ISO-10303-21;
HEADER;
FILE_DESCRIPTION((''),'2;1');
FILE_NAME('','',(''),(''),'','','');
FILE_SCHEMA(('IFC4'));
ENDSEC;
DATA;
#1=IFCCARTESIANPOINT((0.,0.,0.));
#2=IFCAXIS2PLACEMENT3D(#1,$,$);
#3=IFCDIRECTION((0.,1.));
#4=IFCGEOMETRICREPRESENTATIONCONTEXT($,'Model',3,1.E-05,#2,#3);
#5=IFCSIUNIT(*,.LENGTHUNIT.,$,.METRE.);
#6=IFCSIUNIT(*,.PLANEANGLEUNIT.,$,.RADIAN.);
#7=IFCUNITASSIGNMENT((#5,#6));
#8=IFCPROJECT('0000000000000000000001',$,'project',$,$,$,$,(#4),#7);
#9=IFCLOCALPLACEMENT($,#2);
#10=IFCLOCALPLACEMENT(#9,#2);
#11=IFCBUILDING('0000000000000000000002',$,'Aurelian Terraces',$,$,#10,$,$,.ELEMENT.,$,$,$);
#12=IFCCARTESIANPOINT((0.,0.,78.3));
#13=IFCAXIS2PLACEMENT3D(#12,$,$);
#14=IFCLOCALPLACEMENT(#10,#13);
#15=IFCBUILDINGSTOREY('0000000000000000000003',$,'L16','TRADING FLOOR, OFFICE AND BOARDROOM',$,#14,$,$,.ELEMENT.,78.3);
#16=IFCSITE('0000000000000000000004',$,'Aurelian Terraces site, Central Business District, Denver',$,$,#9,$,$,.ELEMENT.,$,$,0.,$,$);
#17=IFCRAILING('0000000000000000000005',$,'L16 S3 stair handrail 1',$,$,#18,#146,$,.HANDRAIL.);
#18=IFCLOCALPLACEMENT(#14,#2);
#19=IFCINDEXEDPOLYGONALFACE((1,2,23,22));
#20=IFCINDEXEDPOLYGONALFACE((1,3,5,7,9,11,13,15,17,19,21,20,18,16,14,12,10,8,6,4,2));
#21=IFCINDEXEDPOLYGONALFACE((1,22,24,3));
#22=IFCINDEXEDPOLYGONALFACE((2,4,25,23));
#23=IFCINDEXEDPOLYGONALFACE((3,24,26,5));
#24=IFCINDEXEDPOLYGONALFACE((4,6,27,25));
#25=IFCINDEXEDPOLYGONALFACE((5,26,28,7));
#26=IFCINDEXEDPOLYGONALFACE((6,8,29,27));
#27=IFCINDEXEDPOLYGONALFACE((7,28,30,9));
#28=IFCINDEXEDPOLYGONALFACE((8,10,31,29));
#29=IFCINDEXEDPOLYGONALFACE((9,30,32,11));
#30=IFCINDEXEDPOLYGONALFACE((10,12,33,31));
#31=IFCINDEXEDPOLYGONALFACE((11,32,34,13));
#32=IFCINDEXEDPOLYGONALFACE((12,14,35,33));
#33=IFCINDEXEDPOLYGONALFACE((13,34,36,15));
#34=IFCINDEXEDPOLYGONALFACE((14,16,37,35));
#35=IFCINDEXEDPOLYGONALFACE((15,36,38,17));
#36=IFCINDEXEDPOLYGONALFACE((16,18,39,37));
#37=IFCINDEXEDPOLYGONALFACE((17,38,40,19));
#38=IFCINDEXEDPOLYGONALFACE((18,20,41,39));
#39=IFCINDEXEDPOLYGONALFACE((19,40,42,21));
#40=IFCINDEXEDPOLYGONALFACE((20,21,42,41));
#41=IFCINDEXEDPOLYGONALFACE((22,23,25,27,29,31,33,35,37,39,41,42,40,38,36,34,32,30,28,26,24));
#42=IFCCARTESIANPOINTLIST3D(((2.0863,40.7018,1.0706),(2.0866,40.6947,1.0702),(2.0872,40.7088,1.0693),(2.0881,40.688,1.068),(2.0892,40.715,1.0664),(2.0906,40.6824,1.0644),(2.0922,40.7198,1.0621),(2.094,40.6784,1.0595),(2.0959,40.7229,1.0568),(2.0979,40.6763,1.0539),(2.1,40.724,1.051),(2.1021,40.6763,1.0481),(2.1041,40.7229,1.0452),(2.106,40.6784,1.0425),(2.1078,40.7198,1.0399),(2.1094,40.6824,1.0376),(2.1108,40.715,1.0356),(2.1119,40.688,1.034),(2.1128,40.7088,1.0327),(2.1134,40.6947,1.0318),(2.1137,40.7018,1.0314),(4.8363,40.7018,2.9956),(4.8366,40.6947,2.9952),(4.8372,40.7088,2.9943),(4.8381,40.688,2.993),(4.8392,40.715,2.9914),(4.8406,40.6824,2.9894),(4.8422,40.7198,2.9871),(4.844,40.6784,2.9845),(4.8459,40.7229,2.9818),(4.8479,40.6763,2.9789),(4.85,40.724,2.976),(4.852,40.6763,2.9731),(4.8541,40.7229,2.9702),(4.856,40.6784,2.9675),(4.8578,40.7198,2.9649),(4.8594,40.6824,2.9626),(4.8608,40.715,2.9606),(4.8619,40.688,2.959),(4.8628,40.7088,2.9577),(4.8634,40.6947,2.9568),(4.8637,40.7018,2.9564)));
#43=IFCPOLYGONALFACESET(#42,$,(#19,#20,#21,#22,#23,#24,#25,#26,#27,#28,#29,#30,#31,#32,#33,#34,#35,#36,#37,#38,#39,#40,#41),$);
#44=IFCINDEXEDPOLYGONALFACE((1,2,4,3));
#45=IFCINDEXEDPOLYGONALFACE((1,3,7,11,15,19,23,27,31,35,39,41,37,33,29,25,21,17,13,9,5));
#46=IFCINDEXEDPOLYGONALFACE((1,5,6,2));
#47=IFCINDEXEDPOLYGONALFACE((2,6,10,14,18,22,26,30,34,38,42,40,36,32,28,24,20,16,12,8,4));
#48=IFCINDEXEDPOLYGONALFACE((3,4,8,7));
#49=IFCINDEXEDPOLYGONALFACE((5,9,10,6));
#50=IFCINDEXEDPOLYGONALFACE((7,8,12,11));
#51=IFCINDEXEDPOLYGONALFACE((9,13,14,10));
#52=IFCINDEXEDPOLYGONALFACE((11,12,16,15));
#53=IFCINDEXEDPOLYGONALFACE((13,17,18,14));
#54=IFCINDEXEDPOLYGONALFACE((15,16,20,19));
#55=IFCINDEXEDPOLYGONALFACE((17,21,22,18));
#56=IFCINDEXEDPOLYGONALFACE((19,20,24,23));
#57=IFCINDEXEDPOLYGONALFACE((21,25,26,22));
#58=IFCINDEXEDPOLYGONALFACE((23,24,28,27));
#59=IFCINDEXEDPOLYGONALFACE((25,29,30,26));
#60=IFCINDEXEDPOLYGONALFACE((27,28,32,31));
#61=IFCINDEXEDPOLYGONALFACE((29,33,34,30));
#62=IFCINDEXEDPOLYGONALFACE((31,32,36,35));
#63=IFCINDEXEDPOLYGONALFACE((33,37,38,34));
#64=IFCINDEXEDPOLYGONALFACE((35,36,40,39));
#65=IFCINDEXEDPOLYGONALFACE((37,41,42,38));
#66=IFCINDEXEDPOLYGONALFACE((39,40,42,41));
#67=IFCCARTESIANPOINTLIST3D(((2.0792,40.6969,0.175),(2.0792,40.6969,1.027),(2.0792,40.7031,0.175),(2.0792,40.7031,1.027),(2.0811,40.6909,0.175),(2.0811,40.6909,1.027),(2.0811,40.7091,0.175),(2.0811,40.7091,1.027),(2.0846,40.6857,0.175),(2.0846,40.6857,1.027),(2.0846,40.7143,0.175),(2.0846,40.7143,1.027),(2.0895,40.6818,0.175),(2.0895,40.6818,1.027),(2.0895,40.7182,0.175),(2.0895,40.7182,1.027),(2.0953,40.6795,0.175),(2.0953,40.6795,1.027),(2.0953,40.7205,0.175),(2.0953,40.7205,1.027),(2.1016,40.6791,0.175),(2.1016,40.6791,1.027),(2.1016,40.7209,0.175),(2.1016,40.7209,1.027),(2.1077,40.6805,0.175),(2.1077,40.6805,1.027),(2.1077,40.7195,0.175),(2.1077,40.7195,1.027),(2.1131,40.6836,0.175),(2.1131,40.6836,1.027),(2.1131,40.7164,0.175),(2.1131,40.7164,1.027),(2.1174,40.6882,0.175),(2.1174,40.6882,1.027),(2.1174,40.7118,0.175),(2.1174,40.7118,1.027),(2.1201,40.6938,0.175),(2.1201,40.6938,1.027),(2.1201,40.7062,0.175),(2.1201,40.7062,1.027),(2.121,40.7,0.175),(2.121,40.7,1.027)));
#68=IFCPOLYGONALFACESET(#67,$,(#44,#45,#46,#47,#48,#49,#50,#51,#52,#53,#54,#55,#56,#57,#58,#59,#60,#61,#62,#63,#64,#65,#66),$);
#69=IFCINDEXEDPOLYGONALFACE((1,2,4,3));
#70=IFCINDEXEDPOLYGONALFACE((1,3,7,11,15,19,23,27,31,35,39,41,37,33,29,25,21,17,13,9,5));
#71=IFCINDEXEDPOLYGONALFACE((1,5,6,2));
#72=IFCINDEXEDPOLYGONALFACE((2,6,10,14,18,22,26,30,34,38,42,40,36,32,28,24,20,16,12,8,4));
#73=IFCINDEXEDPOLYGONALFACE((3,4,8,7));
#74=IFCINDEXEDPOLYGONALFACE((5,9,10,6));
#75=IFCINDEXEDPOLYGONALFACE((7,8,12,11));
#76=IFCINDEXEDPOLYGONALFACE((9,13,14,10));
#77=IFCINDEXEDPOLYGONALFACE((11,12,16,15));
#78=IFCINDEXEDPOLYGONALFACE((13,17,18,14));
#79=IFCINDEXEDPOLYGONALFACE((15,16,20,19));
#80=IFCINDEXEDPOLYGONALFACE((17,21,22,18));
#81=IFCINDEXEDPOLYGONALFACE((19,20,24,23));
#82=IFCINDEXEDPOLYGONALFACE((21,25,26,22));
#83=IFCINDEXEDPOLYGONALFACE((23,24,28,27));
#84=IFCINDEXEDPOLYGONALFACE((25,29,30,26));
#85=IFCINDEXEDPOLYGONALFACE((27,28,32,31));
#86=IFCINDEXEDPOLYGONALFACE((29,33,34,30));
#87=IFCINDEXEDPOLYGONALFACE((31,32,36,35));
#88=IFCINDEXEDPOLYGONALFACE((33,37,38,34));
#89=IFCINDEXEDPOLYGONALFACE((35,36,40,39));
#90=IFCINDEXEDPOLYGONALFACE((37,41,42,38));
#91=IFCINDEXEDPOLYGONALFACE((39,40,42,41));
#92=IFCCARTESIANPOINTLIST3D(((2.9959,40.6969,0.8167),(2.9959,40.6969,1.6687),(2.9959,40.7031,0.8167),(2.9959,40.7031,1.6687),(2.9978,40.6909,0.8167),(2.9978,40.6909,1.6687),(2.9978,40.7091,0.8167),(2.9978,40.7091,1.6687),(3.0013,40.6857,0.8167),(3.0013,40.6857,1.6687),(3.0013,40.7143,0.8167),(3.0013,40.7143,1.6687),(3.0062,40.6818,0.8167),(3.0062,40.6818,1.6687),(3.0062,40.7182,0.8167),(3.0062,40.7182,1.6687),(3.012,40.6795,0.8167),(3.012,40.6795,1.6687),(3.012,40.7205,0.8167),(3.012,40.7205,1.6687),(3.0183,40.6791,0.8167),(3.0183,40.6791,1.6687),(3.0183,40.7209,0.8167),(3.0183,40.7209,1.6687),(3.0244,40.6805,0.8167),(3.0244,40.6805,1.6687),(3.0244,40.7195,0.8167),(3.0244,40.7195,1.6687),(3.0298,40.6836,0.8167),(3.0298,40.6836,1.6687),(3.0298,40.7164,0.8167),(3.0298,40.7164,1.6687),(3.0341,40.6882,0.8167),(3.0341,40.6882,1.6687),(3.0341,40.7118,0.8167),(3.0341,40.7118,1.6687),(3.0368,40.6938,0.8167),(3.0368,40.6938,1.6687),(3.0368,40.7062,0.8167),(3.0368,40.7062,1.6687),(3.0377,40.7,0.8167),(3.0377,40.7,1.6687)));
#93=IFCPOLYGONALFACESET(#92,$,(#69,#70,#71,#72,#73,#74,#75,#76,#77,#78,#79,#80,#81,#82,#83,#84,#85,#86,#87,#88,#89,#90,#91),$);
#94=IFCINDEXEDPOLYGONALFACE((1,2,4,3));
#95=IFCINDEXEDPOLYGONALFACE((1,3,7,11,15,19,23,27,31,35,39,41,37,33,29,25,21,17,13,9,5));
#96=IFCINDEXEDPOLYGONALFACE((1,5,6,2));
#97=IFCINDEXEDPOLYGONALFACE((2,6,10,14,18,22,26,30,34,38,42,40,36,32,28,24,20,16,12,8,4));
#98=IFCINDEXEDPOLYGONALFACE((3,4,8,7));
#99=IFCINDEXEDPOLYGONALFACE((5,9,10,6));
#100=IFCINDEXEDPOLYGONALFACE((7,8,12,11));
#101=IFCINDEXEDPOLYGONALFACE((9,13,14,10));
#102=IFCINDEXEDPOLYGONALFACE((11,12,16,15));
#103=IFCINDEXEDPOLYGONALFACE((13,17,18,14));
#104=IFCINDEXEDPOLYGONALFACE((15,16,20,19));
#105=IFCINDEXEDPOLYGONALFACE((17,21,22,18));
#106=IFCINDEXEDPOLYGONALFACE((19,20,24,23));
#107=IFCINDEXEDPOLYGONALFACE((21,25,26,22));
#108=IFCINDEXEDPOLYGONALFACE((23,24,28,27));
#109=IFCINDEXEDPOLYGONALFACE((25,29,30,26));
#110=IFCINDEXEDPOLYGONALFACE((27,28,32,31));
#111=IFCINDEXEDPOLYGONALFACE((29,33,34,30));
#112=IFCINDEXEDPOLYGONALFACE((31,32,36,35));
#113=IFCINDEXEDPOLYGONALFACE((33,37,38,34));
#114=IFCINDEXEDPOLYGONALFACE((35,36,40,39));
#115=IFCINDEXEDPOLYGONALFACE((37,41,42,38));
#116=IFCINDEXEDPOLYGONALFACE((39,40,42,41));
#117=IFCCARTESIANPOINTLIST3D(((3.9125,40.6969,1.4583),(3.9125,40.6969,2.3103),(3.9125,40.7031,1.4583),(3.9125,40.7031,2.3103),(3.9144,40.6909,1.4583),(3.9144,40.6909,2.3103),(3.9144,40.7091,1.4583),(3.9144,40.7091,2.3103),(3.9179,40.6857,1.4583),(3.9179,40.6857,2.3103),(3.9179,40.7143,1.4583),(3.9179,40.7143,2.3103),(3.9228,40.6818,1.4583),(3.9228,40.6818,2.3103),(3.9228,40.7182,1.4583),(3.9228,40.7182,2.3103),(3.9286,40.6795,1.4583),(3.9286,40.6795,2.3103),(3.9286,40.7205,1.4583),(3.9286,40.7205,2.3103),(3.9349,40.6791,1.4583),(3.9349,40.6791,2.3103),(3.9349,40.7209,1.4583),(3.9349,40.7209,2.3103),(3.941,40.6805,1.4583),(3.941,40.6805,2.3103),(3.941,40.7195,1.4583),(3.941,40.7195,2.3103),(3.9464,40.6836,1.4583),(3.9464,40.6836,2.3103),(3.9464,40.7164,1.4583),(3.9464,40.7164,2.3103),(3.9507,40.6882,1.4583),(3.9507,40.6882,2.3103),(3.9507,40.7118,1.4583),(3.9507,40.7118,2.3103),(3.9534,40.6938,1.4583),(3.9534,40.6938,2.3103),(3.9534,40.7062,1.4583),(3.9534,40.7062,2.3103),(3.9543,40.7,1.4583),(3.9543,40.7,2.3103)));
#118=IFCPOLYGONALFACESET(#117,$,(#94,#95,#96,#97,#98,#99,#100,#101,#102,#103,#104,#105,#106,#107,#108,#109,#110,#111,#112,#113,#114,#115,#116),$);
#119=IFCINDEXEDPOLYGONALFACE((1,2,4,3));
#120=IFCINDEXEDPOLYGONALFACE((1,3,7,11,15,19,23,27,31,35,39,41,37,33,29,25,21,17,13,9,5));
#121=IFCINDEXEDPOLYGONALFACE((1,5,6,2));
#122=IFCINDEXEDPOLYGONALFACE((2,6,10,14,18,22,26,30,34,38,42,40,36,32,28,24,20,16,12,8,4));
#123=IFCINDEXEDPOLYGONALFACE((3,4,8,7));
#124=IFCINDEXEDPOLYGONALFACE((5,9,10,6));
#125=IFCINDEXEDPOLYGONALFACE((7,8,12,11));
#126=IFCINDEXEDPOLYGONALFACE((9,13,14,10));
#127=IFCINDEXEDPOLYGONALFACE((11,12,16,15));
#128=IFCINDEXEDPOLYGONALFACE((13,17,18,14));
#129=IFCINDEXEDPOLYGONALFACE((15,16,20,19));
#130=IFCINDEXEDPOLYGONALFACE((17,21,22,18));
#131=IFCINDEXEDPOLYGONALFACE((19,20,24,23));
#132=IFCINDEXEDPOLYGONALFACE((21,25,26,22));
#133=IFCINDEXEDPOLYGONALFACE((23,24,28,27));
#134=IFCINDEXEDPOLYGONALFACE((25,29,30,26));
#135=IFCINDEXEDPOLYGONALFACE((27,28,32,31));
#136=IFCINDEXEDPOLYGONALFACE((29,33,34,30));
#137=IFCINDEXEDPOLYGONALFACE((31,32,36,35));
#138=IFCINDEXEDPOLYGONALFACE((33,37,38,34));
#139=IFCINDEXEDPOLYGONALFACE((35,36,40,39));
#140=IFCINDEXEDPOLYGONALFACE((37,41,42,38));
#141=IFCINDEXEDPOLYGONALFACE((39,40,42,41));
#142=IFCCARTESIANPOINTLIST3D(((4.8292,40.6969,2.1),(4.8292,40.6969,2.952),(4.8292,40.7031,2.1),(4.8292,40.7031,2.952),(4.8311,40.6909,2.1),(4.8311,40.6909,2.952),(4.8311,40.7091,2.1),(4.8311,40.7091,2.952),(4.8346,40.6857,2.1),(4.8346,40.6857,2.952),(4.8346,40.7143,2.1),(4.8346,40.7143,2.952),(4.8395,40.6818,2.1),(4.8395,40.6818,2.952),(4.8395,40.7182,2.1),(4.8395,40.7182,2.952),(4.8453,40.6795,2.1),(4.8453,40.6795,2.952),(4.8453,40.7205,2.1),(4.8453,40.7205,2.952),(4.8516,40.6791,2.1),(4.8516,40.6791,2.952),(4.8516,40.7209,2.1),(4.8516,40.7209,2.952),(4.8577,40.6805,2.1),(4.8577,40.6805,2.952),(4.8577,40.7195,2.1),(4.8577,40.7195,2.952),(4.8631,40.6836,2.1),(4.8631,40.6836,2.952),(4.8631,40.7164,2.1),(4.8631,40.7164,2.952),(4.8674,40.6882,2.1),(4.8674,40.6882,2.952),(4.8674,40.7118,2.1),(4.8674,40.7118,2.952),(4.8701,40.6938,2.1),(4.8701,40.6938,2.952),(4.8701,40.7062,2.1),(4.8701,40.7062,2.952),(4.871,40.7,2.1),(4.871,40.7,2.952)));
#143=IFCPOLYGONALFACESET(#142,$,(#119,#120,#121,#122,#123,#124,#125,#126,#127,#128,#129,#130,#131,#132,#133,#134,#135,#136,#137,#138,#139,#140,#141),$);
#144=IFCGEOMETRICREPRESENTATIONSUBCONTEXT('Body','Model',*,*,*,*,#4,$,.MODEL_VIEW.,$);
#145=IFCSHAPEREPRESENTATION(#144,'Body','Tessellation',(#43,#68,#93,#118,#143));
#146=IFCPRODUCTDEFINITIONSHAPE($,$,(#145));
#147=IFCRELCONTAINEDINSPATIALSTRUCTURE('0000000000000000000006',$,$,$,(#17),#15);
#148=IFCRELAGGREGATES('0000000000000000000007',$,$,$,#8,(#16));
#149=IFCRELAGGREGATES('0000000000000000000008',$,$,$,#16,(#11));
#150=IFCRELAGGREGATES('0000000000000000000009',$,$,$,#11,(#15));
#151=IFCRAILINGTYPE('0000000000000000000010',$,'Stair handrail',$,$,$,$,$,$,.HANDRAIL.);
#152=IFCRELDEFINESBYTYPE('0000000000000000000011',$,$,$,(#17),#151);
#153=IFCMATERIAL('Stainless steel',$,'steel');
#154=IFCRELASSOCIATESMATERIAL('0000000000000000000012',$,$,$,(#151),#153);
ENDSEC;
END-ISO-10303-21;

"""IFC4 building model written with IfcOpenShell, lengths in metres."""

from ifc_helpers import new_model, si_unit, direction, frame, origin, origin_2d, place, context, subcontext, project, spatial, circle, extrude, source, transform, mapped, material, type_object, element, save


model = new_model("IFC4")

# Units and contexts
model_context = context("Model", 3, precision=1e-05, world=origin(), true_north=direction((0.0, 1.0)))
body_context = subcontext(model_context, "Body", "Model", "MODEL_VIEW")
ifc_project = project(units=[si_unit("LENGTHUNIT", "METRE"), si_unit("PLANEANGLEUNIT", "RADIAN")], contexts=[model_context])

# Site, building, storey
site_placement = place(None, origin())
site = spatial("IfcSite", under=ifc_project, at=site_placement, Name="Aurelian Terraces site, Central Business District, Denver", CompositionType="ELEMENT", RefElevation=0.0)
building_placement = place(site_placement, origin())
building = spatial("IfcBuilding", under=site, at=building_placement, Name="Aurelian Terraces", CompositionType="ELEMENT")
storey_placement = place(building_placement, frame((0.0, 0.0, 78.3)))
storey = spatial("IfcBuildingStorey", under=building, at=storey_placement, Name="L16", Description="TRADING FLOOR, OFFICE AND BOARDROOM", CompositionType="ELEMENT", Elevation=78.3)

# Railing
ifc_material_1 = material(Name="Stainless steel", Category="steel")
railing_type_1 = type_object("IfcRailingType", Name="Stair handrail", PredefinedType="HANDRAIL", material=ifc_material_1)
shared_shape_1 = source(origin(), body_context, "Body", "SweptSolid", [
    extrude(circle(Radius=0.024, at=origin_2d()), frame((0.0, 0.0, 0.876), z_axis=(0.819232, 0.0, 0.573462), x_axis=(0.0, 1.0, 0.0)), (0.0, 0.0, 1.0), 3.3568),
    extrude(circle(Radius=0.021, at=origin_2d()), origin(), (0.0, 0.0, 1.0), 0.852),
    extrude(circle(Radius=0.021, at=origin_2d()), frame((0.9167, 0.0, 0.6417)), (0.0, 0.0, 1.0), 0.852),
    extrude(circle(Radius=0.021, at=origin_2d()), frame((1.8333, 0.0, 1.2833)), (0.0, 0.0, 1.0), 0.852),
    extrude(circle(Radius=0.021, at=origin_2d()), frame((2.75, 0.0, 1.925)), (0.0, 0.0, 1.0), 0.852),
])
railing_1_placement = place(storey_placement, frame((2.1, 40.7, 0.175)))
element("IfcRailing", 1, at=railing_1_placement, inside=storey, type_object=railing_type_1, Name="L16 S3 stair handrail 1", PredefinedType="HANDRAIL", context=body_context, shape_type="MappedRepresentation", body=[
    mapped(shared_shape_1, transform((0.0, 0.0, 0.0), scale=1.0)),
])

save(model, "model.ifc")
